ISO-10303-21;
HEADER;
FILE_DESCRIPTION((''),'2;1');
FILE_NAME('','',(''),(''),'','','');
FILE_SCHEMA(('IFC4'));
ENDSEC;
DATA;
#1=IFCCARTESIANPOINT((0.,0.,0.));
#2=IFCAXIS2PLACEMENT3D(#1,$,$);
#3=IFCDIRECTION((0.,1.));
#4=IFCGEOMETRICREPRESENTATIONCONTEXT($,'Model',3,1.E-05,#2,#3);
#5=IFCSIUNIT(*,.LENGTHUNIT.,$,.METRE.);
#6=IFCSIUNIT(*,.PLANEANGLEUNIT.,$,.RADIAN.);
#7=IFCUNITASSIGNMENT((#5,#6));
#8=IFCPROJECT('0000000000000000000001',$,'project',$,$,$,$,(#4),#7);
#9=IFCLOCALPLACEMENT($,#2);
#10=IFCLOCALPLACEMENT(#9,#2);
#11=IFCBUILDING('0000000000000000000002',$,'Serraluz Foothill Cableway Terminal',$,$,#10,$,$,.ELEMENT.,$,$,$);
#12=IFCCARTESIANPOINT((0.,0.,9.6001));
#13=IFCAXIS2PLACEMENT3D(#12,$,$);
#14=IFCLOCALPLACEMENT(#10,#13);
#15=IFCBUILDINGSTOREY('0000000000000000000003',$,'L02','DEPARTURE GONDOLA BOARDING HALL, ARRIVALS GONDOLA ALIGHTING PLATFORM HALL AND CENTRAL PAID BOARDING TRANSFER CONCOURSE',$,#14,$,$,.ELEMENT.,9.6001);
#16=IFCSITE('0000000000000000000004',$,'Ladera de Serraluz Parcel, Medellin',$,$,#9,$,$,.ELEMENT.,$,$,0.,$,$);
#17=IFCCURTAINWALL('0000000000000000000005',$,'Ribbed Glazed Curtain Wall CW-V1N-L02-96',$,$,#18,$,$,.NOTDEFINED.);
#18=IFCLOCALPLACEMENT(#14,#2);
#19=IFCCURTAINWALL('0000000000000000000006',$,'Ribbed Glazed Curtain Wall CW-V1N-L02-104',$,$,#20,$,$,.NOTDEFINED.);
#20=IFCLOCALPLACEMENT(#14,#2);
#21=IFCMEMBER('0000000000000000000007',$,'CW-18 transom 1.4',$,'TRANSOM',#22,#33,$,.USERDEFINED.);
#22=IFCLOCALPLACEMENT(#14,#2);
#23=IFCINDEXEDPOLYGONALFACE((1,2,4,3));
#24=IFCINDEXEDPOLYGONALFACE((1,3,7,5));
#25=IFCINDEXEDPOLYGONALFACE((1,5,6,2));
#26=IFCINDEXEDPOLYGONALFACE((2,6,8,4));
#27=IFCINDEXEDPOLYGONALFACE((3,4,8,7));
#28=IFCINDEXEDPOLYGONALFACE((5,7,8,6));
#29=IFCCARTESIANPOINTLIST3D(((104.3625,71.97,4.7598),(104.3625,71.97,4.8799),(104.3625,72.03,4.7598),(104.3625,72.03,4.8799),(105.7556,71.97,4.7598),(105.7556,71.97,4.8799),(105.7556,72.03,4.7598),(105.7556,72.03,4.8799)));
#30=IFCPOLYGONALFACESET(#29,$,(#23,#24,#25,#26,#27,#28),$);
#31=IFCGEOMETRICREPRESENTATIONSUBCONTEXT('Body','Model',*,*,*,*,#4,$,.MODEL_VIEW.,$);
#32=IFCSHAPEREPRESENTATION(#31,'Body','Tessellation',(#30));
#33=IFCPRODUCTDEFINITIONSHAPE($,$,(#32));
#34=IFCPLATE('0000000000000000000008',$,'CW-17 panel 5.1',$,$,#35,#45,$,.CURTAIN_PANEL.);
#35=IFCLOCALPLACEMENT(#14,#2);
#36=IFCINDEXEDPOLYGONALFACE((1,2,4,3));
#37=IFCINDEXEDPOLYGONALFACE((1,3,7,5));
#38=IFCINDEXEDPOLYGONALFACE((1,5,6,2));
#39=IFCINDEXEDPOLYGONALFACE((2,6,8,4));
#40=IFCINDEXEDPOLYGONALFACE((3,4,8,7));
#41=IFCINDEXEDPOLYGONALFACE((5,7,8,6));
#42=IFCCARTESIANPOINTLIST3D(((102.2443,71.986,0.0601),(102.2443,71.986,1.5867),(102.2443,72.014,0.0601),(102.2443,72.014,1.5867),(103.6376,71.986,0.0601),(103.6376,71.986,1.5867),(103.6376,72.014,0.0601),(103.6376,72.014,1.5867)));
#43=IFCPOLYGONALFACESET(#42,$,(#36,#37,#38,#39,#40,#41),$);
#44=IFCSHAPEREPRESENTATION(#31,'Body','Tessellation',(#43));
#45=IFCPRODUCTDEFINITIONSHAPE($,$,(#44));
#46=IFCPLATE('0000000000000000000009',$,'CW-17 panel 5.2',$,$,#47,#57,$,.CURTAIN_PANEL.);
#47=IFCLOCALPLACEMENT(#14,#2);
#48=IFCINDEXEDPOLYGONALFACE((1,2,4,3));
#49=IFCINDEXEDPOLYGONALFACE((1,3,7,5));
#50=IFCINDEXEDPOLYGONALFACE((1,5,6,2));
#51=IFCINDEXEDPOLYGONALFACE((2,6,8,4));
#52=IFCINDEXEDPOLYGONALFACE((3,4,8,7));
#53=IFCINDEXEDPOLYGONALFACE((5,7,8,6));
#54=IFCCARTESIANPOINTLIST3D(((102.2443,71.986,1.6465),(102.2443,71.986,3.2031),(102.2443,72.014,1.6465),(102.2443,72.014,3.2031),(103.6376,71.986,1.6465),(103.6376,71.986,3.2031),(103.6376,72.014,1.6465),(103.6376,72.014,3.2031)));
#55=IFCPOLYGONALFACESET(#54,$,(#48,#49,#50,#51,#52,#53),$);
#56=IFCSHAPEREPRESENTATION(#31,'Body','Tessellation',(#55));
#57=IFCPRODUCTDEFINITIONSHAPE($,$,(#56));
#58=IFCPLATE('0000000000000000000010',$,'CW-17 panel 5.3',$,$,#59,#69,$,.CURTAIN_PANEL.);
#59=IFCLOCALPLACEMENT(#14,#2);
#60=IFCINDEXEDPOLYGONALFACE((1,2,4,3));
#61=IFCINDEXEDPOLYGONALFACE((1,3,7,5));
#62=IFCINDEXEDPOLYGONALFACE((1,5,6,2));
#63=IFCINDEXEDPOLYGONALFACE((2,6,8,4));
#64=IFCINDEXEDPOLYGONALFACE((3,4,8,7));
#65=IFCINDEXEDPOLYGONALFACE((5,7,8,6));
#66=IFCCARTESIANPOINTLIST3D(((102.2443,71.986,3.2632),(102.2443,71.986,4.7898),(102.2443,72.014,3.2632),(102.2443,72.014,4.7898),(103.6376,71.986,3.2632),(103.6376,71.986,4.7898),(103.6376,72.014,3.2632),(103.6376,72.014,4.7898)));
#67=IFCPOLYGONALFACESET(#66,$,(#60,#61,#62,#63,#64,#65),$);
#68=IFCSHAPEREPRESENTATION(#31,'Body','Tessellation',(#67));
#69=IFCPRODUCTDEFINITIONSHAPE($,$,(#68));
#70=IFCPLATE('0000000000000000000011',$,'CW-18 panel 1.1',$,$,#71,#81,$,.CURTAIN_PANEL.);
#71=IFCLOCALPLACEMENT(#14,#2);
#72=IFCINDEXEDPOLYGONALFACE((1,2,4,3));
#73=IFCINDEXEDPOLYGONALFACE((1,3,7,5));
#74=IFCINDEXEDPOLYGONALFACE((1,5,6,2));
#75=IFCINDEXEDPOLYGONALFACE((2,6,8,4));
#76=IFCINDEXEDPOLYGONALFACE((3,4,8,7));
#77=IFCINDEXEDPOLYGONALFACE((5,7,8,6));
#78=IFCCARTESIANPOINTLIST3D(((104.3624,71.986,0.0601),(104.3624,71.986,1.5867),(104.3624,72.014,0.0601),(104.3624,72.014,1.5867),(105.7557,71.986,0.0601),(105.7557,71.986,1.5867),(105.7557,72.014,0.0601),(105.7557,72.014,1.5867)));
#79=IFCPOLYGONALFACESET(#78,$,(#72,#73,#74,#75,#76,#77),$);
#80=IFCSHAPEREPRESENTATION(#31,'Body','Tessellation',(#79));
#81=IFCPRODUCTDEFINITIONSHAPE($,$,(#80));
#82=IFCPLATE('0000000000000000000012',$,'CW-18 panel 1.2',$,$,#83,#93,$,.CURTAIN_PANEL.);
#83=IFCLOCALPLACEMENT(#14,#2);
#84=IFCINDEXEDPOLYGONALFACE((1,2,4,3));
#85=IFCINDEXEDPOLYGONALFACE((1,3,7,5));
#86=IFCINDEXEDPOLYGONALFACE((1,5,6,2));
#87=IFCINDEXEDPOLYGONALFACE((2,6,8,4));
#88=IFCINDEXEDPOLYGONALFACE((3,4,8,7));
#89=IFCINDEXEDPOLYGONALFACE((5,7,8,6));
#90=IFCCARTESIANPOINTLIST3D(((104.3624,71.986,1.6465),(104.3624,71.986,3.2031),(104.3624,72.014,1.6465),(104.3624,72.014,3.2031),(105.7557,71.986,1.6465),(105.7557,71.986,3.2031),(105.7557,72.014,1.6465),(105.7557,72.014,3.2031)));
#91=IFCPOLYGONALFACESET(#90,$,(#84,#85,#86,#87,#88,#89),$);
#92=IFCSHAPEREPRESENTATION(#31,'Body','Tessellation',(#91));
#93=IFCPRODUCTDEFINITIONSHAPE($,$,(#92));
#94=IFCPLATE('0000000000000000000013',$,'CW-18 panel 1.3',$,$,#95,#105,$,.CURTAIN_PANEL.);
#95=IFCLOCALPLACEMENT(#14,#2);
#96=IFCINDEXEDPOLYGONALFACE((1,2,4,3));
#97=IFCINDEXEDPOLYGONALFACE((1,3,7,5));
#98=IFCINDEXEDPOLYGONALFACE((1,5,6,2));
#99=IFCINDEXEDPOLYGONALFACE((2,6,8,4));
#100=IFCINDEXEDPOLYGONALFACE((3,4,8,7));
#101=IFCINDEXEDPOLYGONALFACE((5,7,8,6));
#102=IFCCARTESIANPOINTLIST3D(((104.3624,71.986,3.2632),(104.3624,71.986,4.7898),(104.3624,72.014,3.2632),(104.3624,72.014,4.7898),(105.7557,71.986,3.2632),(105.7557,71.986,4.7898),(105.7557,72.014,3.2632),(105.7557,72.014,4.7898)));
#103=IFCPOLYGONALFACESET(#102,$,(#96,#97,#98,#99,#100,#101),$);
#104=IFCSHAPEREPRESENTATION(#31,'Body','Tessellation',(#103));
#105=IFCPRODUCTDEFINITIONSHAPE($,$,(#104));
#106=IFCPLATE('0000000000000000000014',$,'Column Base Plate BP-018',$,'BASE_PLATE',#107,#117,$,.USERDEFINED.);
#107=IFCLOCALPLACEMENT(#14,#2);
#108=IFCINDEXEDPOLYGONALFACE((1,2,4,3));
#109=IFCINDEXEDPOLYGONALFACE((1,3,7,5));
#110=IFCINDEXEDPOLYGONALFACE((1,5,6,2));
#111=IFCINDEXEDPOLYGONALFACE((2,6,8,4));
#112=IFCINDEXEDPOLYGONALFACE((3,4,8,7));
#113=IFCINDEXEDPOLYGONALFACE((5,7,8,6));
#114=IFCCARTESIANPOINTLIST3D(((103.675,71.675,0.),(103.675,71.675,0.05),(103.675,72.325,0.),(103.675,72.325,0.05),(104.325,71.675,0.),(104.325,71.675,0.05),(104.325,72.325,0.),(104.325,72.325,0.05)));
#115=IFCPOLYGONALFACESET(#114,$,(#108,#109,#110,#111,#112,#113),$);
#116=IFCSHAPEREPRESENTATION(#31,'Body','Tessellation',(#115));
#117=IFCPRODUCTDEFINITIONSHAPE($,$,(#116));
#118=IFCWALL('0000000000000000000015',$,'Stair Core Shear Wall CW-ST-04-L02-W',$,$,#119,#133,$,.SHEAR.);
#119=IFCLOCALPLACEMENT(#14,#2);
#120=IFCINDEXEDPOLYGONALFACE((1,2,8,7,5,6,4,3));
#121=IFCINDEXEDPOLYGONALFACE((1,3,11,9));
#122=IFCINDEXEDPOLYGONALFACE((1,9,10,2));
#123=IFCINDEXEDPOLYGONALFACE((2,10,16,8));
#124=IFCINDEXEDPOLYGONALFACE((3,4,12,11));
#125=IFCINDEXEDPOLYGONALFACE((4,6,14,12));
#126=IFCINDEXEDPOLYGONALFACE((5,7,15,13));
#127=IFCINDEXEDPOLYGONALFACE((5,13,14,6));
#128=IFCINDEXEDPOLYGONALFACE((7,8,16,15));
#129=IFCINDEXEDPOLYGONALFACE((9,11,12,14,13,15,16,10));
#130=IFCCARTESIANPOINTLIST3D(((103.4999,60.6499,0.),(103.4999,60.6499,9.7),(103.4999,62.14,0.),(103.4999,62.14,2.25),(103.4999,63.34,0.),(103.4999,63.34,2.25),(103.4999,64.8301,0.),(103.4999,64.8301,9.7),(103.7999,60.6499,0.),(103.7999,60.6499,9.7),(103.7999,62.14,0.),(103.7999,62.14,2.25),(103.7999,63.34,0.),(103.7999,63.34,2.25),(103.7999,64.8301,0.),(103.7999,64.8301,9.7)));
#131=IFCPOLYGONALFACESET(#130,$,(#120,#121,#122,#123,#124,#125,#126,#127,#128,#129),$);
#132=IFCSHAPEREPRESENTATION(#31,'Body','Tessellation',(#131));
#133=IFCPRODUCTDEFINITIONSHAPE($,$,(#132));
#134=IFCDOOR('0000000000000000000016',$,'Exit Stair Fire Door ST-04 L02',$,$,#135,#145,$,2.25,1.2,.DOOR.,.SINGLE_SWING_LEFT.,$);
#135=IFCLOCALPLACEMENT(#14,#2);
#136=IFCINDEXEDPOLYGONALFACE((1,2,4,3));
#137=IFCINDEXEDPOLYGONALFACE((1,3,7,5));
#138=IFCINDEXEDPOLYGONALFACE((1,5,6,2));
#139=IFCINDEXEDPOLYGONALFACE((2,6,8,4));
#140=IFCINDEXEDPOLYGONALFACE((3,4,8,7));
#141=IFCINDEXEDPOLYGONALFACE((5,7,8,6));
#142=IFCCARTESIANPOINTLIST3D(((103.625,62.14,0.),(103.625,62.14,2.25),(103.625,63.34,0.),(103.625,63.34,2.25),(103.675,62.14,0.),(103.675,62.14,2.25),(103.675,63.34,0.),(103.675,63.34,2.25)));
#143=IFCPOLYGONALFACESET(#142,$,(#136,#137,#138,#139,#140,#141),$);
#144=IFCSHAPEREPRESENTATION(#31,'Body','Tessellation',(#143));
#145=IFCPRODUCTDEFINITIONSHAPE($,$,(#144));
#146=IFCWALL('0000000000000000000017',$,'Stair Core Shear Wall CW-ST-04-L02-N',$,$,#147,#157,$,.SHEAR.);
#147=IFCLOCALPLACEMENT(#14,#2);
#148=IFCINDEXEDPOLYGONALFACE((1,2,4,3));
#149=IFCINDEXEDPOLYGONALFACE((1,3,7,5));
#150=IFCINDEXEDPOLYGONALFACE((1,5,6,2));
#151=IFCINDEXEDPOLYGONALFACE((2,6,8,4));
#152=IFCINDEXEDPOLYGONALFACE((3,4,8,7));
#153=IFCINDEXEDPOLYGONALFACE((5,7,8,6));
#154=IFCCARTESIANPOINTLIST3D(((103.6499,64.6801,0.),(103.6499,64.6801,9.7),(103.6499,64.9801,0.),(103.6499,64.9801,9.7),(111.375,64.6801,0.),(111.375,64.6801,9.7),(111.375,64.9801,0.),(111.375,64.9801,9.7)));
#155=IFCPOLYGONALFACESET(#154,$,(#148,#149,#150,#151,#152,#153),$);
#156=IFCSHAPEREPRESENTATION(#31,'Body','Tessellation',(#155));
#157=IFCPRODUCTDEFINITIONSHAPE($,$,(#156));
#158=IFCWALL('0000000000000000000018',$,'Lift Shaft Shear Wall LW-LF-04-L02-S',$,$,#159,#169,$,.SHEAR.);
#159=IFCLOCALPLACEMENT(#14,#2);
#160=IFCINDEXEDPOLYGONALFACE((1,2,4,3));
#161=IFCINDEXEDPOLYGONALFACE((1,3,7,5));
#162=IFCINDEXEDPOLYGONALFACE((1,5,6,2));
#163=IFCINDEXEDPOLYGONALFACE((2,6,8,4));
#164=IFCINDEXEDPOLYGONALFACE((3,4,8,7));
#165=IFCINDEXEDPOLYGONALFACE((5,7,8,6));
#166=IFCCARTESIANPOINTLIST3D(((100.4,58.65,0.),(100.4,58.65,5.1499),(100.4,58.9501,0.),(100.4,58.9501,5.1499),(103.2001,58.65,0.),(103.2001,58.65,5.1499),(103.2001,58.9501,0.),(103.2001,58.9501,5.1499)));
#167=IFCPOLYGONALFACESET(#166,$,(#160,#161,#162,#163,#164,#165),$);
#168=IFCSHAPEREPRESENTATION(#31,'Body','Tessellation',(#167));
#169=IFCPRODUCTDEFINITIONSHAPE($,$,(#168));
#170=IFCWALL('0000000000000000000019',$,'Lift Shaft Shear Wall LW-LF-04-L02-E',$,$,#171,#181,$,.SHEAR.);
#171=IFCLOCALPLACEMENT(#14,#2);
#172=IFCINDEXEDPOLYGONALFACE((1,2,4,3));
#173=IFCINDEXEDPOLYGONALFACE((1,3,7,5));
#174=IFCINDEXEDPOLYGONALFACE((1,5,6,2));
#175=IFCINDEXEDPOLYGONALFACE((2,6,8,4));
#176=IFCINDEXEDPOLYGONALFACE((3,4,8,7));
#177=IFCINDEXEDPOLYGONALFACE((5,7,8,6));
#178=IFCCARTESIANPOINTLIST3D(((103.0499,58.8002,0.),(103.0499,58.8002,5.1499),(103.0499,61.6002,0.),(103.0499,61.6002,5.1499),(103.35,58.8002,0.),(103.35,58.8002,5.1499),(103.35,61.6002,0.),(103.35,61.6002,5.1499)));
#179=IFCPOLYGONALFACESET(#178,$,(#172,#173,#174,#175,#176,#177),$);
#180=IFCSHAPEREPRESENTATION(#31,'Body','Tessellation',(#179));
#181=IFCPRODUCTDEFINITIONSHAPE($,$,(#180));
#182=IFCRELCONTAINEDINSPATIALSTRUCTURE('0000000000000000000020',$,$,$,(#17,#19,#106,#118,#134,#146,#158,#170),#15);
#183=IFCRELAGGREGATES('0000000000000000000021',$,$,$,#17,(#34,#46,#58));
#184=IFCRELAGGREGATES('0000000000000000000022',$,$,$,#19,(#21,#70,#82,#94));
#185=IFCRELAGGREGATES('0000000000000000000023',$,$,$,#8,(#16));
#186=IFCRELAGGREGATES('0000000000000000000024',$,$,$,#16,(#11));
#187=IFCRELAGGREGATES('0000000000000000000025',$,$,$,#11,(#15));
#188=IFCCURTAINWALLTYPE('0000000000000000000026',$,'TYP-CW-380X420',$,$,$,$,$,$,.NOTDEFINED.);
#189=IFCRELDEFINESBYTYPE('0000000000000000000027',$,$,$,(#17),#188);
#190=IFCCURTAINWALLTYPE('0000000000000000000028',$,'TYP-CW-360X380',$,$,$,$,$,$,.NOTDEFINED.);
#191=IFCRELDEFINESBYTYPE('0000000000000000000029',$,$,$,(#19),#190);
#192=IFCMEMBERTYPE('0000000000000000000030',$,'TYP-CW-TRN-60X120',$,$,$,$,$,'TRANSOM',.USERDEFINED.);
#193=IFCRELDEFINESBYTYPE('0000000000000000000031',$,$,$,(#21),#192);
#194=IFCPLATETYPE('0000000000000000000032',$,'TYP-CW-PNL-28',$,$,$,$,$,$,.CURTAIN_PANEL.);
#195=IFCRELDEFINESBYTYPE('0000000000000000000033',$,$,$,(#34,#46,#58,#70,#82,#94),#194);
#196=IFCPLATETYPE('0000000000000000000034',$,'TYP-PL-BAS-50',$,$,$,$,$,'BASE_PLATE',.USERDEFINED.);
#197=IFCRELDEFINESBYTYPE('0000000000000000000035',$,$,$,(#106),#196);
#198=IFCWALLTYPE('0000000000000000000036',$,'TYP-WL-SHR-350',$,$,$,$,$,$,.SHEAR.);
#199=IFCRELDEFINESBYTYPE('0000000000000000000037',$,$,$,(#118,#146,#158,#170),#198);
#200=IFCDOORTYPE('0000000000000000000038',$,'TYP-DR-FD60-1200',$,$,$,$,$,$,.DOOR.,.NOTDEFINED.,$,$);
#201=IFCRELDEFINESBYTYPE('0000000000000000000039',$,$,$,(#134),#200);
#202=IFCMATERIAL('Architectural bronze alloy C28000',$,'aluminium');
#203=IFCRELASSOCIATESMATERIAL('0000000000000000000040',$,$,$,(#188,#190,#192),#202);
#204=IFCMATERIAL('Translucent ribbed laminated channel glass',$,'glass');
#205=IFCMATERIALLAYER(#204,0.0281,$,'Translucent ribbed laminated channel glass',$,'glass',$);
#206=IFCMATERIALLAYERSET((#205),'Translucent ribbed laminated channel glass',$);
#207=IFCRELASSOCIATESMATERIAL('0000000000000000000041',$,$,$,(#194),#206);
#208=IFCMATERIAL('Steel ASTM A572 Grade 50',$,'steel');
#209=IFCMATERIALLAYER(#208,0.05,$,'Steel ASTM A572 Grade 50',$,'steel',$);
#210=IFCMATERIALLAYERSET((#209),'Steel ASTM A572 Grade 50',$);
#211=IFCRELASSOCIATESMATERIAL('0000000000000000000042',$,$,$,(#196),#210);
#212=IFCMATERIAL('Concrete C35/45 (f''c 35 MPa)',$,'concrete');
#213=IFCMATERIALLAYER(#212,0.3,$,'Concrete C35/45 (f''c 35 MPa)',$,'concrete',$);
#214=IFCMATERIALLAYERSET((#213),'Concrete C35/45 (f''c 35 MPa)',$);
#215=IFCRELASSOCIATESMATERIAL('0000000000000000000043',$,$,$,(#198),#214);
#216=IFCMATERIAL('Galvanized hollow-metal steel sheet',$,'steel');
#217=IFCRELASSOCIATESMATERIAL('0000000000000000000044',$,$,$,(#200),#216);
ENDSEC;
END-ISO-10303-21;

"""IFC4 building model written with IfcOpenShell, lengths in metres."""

from ifc_helpers import new_model, si_unit, direction, frame, frame_2d, origin, origin_2d, place, context, subcontext, project, spatial, rectangle, extrude, material, layer, layer_set, material_profile, profile_set, type_object, element, fill, aggregate, save


model = new_model("IFC4")

# Units and contexts
model_context = context("Model", 3, precision=1e-05, world=origin(), true_north=direction((0.0, 1.0)))
body_context = subcontext(model_context, "Body", "Model", "MODEL_VIEW")
ifc_project = project(units=[si_unit("LENGTHUNIT", "METRE"), si_unit("PLANEANGLEUNIT", "RADIAN")], contexts=[model_context])

# Site, building, storey
site_placement = place(None, origin())
site = spatial("IfcSite", under=ifc_project, at=site_placement, Name="Ladera de Serraluz Parcel, Medellin", CompositionType="ELEMENT", RefElevation=0.0)
building_placement = place(site_placement, origin())
building = spatial("IfcBuilding", under=site, at=building_placement, Name="Serraluz Foothill Cableway Terminal", CompositionType="ELEMENT")
storey_placement = place(building_placement, frame((0.0, 0.0, 9.6001)))
storey = spatial("IfcBuildingStorey", under=building, at=storey_placement, Name="L02", Description="DEPARTURE GONDOLA BOARDING HALL, ARRIVALS GONDOLA ALIGHTING PLATFORM HALL AND CENTRAL PAID BOARDING TRANSFER CONCOURSE", CompositionType="ELEMENT", Elevation=9.6001)

# Curtain walls
ifc_material_1 = material(Name="Architectural bronze alloy C28000", Category="aluminium")
curtain_wall_type_1 = type_object("IfcCurtainWallType", Name="TYP-CW-380X420", PredefinedType="NOTDEFINED", material=ifc_material_1)
curtain_wall_1_placement = place(storey_placement, origin())
curtain_wall_1 = element("IfcCurtainWall", 1, at=curtain_wall_1_placement, inside=storey, type_object=curtain_wall_type_1, Name="Ribbed Glazed Curtain Wall CW-V1N-L02-96", PredefinedType="NOTDEFINED")
curtain_wall_type_2 = type_object("IfcCurtainWallType", Name="TYP-CW-360X380", PredefinedType="NOTDEFINED", material=ifc_material_1)
curtain_wall_2_placement = place(storey_placement, origin())
curtain_wall_2 = element("IfcCurtainWall", 2, at=curtain_wall_2_placement, inside=storey, type_object=curtain_wall_type_2, Name="Ribbed Glazed Curtain Wall CW-V1N-L02-104", PredefinedType="NOTDEFINED")

# Member
ifc_material_profile_1 = material_profile(ifc_material_1, rectangle(XDim=0.0601, YDim=0.1201, at=origin_2d()), Name="ALU TRANSOM 60x120")
ifc_profile_set_1 = profile_set([ifc_material_profile_1], Name="Architectural bronze alloy C28000")
member_type_1 = type_object("IfcMemberType", Name="TYP-CW-TRN-60X120", ElementType="TRANSOM", PredefinedType="USERDEFINED", material=ifc_profile_set_1)
member_1_placement = place(storey_placement, frame((104.3625, 72.0, 4.8198), z_axis=(1.0, 0.0, 0.0), x_axis=(0.0, 1.0, 0.0)))
member_1 = element("IfcMember", 3, at=member_1_placement, type_object=member_type_1, Name="CW-18 transom 1.4", ObjectType="TRANSOM", PredefinedType="USERDEFINED", context=body_context, shape_type="SweptSolid", body=[
    extrude(rectangle(XDim=0.0601, YDim=0.1201, at=origin_2d()), origin(), (0.0, 0.0, 1.0), 1.3931),
])

# Plates
ifc_material_2 = material(Name="Translucent ribbed laminated channel glass", Category="glass")
ifc_layer_1 = layer(ifc_material_2, 0.0281, Name="Translucent ribbed laminated channel glass", Category="glass")
ifc_layer_set_1 = layer_set([ifc_layer_1], Name="Translucent ribbed laminated channel glass")
plate_type_1 = type_object("IfcPlateType", Name="TYP-CW-PNL-28", PredefinedType="CURTAIN_PANEL", material=ifc_layer_set_1)
plate_1_placement = place(storey_placement, frame((102.9409, 72.0, 0.0601), z_axis=(0.0, 0.0, 1.0), x_axis=(1.0, 0.0, 0.0)))
plate_1 = element("IfcPlate", 4, at=plate_1_placement, type_object=plate_type_1, Name="CW-17 panel 5.1", PredefinedType="CURTAIN_PANEL", context=body_context, shape_type="SweptSolid", body=[
    extrude(rectangle(XDim=1.3933, YDim=0.0281, at=origin_2d()), origin(), (0.0, 0.0, 1.0), 1.5266),
])
plate_2_placement = place(storey_placement, frame((102.9409, 72.0, 1.6465), z_axis=(0.0, 0.0, 1.0), x_axis=(1.0, 0.0, 0.0)))
plate_2 = element("IfcPlate", 5, at=plate_2_placement, type_object=plate_type_1, Name="CW-17 panel 5.2", PredefinedType="CURTAIN_PANEL", context=body_context, shape_type="SweptSolid", body=[
    extrude(rectangle(XDim=1.3933, YDim=0.0281, at=origin_2d()), origin(), (0.0, 0.0, 1.0), 1.5566),
])
plate_3_placement = place(storey_placement, frame((102.9409, 72.0, 3.2632), z_axis=(0.0, 0.0, 1.0), x_axis=(1.0, 0.0, 0.0)))
plate_3 = element("IfcPlate", 6, at=plate_3_placement, type_object=plate_type_1, Name="CW-17 panel 5.3", PredefinedType="CURTAIN_PANEL", context=body_context, shape_type="SweptSolid", body=[
    extrude(rectangle(XDim=1.3933, YDim=0.0281, at=origin_2d()), origin(), (0.0, 0.0, 1.0), 1.5266),
])
aggregate(curtain_wall_1, [plate_1, plate_2, plate_3])
plate_4_placement = place(storey_placement, frame((105.0591, 72.0, 0.0601), z_axis=(0.0, 0.0, 1.0), x_axis=(1.0, 0.0, 0.0)))
plate_4 = element("IfcPlate", 7, at=plate_4_placement, type_object=plate_type_1, Name="CW-18 panel 1.1", PredefinedType="CURTAIN_PANEL", context=body_context, shape_type="SweptSolid", body=[
    extrude(rectangle(XDim=1.3933, YDim=0.0281, at=origin_2d()), origin(), (0.0, 0.0, 1.0), 1.5266),
])
plate_5_placement = place(storey_placement, frame((105.0591, 72.0, 1.6465), z_axis=(0.0, 0.0, 1.0), x_axis=(1.0, 0.0, 0.0)))
plate_5 = element("IfcPlate", 8, at=plate_5_placement, type_object=plate_type_1, Name="CW-18 panel 1.2", PredefinedType="CURTAIN_PANEL", context=body_context, shape_type="SweptSolid", body=[
    extrude(rectangle(XDim=1.3933, YDim=0.0281, at=origin_2d()), origin(), (0.0, 0.0, 1.0), 1.5566),
])
plate_6_placement = place(storey_placement, frame((105.0591, 72.0, 3.2632), z_axis=(0.0, 0.0, 1.0), x_axis=(1.0, 0.0, 0.0)))
plate_6 = element("IfcPlate", 9, at=plate_6_placement, type_object=plate_type_1, Name="CW-18 panel 1.3", PredefinedType="CURTAIN_PANEL", context=body_context, shape_type="SweptSolid", body=[
    extrude(rectangle(XDim=1.3933, YDim=0.0281, at=origin_2d()), origin(), (0.0, 0.0, 1.0), 1.5266),
])
aggregate(curtain_wall_2, [member_1, plate_4, plate_5, plate_6])
ifc_material_3 = material(Name="Steel ASTM A572 Grade 50", Category="steel")
ifc_layer_2 = layer(ifc_material_3, 0.05, Name="Steel ASTM A572 Grade 50", Category="steel")
ifc_layer_set_2 = layer_set([ifc_layer_2], Name="Steel ASTM A572 Grade 50")
plate_type_2 = type_object("IfcPlateType", Name="TYP-PL-BAS-50", ElementType="BASE_PLATE", PredefinedType="USERDEFINED", material=ifc_layer_set_2)
plate_7_placement = place(storey_placement, frame((104.0, 72.0, 0.0), z_axis=(0.0, 0.0, 1.0), x_axis=(1.0, 0.0, 0.0)))
element("IfcPlate", 10, at=plate_7_placement, inside=storey, type_object=plate_type_2, Name="Column Base Plate BP-018", ObjectType="BASE_PLATE", PredefinedType="USERDEFINED", context=body_context, shape_type="SweptSolid", body=[
    extrude(rectangle(XDim=0.6499, YDim=0.6499, at=origin_2d()), origin(), (0.0, 0.0, 1.0), 0.05),
])

# Wall, opening, door
ifc_material_4 = material(Name="Concrete C35/45 (f'c 35 MPa)", Category="concrete")
ifc_layer_3 = layer(ifc_material_4, 0.3, Name="Concrete C35/45 (f'c 35 MPa)", Category="concrete")
ifc_layer_set_3 = layer_set([ifc_layer_3], Name="Concrete C35/45 (f'c 35 MPa)")
wall_type = type_object("IfcWallType", Name="TYP-WL-SHR-350", PredefinedType="SHEAR", material=ifc_layer_set_3)
wall_1_placement = place(storey_placement, frame((103.6499, 60.6499, 0.0), z_axis=(0.0, 0.0, 1.0), x_axis=(0.0, 1.0, 0.0)))
wall_1 = element("IfcWall", 11, at=wall_1_placement, inside=storey, type_object=wall_type, Name="Stair Core Shear Wall CW-ST-04-L02-W", PredefinedType="SHEAR", context=body_context, shape_type="SweptSolid", body=[
    extrude(rectangle(XDim=4.1802, YDim=0.3, at=frame_2d((2.0901, 0.0))), origin(), (0.0, 0.0, 1.0), 9.7),
])
opening_placement = place(wall_1_placement, frame((1.49, 0.0, 0.0)))
opening = element("IfcOpeningElement", 12, at=opening_placement, cuts=wall_1, PredefinedType="OPENING", context=body_context, shape_type="SweptSolid", body=[
    extrude(rectangle(XDim=1.2, YDim=2.25, at=frame_2d((0.6001, 1.125))), frame((0.0, 0.1602, 0.0), z_axis=(0.0, -1.0, 0.0), x_axis=(1.0, 0.0, 0.0)), (0.0, 0.0, 1.0), 0.3201),
])
ifc_material_5 = material(Name="Galvanized hollow-metal steel sheet", Category="steel")
door_type = type_object("IfcDoorType", Name="TYP-DR-FD60-1200", OperationType="NOTDEFINED", PredefinedType="DOOR", material=ifc_material_5)
door_placement = place(opening_placement, origin())
door = element("IfcDoor", 13, at=door_placement, inside=storey, type_object=door_type, Name="Exit Stair Fire Door ST-04 L02", OperationType="SINGLE_SWING_LEFT", OverallHeight=2.25, OverallWidth=1.2, PredefinedType="DOOR", context=body_context, shape_type="SweptSolid", body=[
    extrude(rectangle(XDim=1.2, YDim=2.25, at=frame_2d((0.6001, 1.125))), frame((0.0, 0.0249, 0.0), z_axis=(0.0, -1.0, 0.0), x_axis=(1.0, 0.0, 0.0)), (0.0, 0.0, 1.0), 0.05),
])
fill(opening, door)

# Walls
wall_2_placement = place(storey_placement, frame((103.6499, 64.8301, 0.0), z_axis=(0.0, 0.0, 1.0), x_axis=(1.0, 0.0, 0.0)))
element("IfcWall", 14, at=wall_2_placement, inside=storey, type_object=wall_type, Name="Stair Core Shear Wall CW-ST-04-L02-N", PredefinedType="SHEAR", context=body_context, shape_type="SweptSolid", body=[
    extrude(rectangle(XDim=7.7251, YDim=0.3, at=frame_2d((3.8625, 0.0))), origin(), (0.0, 0.0, 1.0), 9.7),
])
for number, where, z_axis, x_axis, name in (
    (15, (103.2, 58.8, 0.0), (0.0, 0.0, 1.0), (-1.0, 0.0, 0.0), "Lift Shaft Shear Wall LW-LF-04-L02-S"),
    (16, (103.2, 61.6001, 0.0), (0.0, 0.0, 1.0), (0.0, -1.0, 0.0), "Lift Shaft Shear Wall LW-LF-04-L02-E"),
):
    element("IfcWall", number, at=place(storey_placement, frame(where, z_axis=z_axis, x_axis=x_axis)), inside=storey, type_object=wall_type, Name=name, PredefinedType="SHEAR", context=body_context, shape_type="SweptSolid", body=[
        extrude(rectangle(XDim=2.8, YDim=0.3, at=frame_2d((1.3999, 0.0))), origin(), (0.0, 0.0, 1.0), 5.1499),
    ])

save(model, "model.ifc")
